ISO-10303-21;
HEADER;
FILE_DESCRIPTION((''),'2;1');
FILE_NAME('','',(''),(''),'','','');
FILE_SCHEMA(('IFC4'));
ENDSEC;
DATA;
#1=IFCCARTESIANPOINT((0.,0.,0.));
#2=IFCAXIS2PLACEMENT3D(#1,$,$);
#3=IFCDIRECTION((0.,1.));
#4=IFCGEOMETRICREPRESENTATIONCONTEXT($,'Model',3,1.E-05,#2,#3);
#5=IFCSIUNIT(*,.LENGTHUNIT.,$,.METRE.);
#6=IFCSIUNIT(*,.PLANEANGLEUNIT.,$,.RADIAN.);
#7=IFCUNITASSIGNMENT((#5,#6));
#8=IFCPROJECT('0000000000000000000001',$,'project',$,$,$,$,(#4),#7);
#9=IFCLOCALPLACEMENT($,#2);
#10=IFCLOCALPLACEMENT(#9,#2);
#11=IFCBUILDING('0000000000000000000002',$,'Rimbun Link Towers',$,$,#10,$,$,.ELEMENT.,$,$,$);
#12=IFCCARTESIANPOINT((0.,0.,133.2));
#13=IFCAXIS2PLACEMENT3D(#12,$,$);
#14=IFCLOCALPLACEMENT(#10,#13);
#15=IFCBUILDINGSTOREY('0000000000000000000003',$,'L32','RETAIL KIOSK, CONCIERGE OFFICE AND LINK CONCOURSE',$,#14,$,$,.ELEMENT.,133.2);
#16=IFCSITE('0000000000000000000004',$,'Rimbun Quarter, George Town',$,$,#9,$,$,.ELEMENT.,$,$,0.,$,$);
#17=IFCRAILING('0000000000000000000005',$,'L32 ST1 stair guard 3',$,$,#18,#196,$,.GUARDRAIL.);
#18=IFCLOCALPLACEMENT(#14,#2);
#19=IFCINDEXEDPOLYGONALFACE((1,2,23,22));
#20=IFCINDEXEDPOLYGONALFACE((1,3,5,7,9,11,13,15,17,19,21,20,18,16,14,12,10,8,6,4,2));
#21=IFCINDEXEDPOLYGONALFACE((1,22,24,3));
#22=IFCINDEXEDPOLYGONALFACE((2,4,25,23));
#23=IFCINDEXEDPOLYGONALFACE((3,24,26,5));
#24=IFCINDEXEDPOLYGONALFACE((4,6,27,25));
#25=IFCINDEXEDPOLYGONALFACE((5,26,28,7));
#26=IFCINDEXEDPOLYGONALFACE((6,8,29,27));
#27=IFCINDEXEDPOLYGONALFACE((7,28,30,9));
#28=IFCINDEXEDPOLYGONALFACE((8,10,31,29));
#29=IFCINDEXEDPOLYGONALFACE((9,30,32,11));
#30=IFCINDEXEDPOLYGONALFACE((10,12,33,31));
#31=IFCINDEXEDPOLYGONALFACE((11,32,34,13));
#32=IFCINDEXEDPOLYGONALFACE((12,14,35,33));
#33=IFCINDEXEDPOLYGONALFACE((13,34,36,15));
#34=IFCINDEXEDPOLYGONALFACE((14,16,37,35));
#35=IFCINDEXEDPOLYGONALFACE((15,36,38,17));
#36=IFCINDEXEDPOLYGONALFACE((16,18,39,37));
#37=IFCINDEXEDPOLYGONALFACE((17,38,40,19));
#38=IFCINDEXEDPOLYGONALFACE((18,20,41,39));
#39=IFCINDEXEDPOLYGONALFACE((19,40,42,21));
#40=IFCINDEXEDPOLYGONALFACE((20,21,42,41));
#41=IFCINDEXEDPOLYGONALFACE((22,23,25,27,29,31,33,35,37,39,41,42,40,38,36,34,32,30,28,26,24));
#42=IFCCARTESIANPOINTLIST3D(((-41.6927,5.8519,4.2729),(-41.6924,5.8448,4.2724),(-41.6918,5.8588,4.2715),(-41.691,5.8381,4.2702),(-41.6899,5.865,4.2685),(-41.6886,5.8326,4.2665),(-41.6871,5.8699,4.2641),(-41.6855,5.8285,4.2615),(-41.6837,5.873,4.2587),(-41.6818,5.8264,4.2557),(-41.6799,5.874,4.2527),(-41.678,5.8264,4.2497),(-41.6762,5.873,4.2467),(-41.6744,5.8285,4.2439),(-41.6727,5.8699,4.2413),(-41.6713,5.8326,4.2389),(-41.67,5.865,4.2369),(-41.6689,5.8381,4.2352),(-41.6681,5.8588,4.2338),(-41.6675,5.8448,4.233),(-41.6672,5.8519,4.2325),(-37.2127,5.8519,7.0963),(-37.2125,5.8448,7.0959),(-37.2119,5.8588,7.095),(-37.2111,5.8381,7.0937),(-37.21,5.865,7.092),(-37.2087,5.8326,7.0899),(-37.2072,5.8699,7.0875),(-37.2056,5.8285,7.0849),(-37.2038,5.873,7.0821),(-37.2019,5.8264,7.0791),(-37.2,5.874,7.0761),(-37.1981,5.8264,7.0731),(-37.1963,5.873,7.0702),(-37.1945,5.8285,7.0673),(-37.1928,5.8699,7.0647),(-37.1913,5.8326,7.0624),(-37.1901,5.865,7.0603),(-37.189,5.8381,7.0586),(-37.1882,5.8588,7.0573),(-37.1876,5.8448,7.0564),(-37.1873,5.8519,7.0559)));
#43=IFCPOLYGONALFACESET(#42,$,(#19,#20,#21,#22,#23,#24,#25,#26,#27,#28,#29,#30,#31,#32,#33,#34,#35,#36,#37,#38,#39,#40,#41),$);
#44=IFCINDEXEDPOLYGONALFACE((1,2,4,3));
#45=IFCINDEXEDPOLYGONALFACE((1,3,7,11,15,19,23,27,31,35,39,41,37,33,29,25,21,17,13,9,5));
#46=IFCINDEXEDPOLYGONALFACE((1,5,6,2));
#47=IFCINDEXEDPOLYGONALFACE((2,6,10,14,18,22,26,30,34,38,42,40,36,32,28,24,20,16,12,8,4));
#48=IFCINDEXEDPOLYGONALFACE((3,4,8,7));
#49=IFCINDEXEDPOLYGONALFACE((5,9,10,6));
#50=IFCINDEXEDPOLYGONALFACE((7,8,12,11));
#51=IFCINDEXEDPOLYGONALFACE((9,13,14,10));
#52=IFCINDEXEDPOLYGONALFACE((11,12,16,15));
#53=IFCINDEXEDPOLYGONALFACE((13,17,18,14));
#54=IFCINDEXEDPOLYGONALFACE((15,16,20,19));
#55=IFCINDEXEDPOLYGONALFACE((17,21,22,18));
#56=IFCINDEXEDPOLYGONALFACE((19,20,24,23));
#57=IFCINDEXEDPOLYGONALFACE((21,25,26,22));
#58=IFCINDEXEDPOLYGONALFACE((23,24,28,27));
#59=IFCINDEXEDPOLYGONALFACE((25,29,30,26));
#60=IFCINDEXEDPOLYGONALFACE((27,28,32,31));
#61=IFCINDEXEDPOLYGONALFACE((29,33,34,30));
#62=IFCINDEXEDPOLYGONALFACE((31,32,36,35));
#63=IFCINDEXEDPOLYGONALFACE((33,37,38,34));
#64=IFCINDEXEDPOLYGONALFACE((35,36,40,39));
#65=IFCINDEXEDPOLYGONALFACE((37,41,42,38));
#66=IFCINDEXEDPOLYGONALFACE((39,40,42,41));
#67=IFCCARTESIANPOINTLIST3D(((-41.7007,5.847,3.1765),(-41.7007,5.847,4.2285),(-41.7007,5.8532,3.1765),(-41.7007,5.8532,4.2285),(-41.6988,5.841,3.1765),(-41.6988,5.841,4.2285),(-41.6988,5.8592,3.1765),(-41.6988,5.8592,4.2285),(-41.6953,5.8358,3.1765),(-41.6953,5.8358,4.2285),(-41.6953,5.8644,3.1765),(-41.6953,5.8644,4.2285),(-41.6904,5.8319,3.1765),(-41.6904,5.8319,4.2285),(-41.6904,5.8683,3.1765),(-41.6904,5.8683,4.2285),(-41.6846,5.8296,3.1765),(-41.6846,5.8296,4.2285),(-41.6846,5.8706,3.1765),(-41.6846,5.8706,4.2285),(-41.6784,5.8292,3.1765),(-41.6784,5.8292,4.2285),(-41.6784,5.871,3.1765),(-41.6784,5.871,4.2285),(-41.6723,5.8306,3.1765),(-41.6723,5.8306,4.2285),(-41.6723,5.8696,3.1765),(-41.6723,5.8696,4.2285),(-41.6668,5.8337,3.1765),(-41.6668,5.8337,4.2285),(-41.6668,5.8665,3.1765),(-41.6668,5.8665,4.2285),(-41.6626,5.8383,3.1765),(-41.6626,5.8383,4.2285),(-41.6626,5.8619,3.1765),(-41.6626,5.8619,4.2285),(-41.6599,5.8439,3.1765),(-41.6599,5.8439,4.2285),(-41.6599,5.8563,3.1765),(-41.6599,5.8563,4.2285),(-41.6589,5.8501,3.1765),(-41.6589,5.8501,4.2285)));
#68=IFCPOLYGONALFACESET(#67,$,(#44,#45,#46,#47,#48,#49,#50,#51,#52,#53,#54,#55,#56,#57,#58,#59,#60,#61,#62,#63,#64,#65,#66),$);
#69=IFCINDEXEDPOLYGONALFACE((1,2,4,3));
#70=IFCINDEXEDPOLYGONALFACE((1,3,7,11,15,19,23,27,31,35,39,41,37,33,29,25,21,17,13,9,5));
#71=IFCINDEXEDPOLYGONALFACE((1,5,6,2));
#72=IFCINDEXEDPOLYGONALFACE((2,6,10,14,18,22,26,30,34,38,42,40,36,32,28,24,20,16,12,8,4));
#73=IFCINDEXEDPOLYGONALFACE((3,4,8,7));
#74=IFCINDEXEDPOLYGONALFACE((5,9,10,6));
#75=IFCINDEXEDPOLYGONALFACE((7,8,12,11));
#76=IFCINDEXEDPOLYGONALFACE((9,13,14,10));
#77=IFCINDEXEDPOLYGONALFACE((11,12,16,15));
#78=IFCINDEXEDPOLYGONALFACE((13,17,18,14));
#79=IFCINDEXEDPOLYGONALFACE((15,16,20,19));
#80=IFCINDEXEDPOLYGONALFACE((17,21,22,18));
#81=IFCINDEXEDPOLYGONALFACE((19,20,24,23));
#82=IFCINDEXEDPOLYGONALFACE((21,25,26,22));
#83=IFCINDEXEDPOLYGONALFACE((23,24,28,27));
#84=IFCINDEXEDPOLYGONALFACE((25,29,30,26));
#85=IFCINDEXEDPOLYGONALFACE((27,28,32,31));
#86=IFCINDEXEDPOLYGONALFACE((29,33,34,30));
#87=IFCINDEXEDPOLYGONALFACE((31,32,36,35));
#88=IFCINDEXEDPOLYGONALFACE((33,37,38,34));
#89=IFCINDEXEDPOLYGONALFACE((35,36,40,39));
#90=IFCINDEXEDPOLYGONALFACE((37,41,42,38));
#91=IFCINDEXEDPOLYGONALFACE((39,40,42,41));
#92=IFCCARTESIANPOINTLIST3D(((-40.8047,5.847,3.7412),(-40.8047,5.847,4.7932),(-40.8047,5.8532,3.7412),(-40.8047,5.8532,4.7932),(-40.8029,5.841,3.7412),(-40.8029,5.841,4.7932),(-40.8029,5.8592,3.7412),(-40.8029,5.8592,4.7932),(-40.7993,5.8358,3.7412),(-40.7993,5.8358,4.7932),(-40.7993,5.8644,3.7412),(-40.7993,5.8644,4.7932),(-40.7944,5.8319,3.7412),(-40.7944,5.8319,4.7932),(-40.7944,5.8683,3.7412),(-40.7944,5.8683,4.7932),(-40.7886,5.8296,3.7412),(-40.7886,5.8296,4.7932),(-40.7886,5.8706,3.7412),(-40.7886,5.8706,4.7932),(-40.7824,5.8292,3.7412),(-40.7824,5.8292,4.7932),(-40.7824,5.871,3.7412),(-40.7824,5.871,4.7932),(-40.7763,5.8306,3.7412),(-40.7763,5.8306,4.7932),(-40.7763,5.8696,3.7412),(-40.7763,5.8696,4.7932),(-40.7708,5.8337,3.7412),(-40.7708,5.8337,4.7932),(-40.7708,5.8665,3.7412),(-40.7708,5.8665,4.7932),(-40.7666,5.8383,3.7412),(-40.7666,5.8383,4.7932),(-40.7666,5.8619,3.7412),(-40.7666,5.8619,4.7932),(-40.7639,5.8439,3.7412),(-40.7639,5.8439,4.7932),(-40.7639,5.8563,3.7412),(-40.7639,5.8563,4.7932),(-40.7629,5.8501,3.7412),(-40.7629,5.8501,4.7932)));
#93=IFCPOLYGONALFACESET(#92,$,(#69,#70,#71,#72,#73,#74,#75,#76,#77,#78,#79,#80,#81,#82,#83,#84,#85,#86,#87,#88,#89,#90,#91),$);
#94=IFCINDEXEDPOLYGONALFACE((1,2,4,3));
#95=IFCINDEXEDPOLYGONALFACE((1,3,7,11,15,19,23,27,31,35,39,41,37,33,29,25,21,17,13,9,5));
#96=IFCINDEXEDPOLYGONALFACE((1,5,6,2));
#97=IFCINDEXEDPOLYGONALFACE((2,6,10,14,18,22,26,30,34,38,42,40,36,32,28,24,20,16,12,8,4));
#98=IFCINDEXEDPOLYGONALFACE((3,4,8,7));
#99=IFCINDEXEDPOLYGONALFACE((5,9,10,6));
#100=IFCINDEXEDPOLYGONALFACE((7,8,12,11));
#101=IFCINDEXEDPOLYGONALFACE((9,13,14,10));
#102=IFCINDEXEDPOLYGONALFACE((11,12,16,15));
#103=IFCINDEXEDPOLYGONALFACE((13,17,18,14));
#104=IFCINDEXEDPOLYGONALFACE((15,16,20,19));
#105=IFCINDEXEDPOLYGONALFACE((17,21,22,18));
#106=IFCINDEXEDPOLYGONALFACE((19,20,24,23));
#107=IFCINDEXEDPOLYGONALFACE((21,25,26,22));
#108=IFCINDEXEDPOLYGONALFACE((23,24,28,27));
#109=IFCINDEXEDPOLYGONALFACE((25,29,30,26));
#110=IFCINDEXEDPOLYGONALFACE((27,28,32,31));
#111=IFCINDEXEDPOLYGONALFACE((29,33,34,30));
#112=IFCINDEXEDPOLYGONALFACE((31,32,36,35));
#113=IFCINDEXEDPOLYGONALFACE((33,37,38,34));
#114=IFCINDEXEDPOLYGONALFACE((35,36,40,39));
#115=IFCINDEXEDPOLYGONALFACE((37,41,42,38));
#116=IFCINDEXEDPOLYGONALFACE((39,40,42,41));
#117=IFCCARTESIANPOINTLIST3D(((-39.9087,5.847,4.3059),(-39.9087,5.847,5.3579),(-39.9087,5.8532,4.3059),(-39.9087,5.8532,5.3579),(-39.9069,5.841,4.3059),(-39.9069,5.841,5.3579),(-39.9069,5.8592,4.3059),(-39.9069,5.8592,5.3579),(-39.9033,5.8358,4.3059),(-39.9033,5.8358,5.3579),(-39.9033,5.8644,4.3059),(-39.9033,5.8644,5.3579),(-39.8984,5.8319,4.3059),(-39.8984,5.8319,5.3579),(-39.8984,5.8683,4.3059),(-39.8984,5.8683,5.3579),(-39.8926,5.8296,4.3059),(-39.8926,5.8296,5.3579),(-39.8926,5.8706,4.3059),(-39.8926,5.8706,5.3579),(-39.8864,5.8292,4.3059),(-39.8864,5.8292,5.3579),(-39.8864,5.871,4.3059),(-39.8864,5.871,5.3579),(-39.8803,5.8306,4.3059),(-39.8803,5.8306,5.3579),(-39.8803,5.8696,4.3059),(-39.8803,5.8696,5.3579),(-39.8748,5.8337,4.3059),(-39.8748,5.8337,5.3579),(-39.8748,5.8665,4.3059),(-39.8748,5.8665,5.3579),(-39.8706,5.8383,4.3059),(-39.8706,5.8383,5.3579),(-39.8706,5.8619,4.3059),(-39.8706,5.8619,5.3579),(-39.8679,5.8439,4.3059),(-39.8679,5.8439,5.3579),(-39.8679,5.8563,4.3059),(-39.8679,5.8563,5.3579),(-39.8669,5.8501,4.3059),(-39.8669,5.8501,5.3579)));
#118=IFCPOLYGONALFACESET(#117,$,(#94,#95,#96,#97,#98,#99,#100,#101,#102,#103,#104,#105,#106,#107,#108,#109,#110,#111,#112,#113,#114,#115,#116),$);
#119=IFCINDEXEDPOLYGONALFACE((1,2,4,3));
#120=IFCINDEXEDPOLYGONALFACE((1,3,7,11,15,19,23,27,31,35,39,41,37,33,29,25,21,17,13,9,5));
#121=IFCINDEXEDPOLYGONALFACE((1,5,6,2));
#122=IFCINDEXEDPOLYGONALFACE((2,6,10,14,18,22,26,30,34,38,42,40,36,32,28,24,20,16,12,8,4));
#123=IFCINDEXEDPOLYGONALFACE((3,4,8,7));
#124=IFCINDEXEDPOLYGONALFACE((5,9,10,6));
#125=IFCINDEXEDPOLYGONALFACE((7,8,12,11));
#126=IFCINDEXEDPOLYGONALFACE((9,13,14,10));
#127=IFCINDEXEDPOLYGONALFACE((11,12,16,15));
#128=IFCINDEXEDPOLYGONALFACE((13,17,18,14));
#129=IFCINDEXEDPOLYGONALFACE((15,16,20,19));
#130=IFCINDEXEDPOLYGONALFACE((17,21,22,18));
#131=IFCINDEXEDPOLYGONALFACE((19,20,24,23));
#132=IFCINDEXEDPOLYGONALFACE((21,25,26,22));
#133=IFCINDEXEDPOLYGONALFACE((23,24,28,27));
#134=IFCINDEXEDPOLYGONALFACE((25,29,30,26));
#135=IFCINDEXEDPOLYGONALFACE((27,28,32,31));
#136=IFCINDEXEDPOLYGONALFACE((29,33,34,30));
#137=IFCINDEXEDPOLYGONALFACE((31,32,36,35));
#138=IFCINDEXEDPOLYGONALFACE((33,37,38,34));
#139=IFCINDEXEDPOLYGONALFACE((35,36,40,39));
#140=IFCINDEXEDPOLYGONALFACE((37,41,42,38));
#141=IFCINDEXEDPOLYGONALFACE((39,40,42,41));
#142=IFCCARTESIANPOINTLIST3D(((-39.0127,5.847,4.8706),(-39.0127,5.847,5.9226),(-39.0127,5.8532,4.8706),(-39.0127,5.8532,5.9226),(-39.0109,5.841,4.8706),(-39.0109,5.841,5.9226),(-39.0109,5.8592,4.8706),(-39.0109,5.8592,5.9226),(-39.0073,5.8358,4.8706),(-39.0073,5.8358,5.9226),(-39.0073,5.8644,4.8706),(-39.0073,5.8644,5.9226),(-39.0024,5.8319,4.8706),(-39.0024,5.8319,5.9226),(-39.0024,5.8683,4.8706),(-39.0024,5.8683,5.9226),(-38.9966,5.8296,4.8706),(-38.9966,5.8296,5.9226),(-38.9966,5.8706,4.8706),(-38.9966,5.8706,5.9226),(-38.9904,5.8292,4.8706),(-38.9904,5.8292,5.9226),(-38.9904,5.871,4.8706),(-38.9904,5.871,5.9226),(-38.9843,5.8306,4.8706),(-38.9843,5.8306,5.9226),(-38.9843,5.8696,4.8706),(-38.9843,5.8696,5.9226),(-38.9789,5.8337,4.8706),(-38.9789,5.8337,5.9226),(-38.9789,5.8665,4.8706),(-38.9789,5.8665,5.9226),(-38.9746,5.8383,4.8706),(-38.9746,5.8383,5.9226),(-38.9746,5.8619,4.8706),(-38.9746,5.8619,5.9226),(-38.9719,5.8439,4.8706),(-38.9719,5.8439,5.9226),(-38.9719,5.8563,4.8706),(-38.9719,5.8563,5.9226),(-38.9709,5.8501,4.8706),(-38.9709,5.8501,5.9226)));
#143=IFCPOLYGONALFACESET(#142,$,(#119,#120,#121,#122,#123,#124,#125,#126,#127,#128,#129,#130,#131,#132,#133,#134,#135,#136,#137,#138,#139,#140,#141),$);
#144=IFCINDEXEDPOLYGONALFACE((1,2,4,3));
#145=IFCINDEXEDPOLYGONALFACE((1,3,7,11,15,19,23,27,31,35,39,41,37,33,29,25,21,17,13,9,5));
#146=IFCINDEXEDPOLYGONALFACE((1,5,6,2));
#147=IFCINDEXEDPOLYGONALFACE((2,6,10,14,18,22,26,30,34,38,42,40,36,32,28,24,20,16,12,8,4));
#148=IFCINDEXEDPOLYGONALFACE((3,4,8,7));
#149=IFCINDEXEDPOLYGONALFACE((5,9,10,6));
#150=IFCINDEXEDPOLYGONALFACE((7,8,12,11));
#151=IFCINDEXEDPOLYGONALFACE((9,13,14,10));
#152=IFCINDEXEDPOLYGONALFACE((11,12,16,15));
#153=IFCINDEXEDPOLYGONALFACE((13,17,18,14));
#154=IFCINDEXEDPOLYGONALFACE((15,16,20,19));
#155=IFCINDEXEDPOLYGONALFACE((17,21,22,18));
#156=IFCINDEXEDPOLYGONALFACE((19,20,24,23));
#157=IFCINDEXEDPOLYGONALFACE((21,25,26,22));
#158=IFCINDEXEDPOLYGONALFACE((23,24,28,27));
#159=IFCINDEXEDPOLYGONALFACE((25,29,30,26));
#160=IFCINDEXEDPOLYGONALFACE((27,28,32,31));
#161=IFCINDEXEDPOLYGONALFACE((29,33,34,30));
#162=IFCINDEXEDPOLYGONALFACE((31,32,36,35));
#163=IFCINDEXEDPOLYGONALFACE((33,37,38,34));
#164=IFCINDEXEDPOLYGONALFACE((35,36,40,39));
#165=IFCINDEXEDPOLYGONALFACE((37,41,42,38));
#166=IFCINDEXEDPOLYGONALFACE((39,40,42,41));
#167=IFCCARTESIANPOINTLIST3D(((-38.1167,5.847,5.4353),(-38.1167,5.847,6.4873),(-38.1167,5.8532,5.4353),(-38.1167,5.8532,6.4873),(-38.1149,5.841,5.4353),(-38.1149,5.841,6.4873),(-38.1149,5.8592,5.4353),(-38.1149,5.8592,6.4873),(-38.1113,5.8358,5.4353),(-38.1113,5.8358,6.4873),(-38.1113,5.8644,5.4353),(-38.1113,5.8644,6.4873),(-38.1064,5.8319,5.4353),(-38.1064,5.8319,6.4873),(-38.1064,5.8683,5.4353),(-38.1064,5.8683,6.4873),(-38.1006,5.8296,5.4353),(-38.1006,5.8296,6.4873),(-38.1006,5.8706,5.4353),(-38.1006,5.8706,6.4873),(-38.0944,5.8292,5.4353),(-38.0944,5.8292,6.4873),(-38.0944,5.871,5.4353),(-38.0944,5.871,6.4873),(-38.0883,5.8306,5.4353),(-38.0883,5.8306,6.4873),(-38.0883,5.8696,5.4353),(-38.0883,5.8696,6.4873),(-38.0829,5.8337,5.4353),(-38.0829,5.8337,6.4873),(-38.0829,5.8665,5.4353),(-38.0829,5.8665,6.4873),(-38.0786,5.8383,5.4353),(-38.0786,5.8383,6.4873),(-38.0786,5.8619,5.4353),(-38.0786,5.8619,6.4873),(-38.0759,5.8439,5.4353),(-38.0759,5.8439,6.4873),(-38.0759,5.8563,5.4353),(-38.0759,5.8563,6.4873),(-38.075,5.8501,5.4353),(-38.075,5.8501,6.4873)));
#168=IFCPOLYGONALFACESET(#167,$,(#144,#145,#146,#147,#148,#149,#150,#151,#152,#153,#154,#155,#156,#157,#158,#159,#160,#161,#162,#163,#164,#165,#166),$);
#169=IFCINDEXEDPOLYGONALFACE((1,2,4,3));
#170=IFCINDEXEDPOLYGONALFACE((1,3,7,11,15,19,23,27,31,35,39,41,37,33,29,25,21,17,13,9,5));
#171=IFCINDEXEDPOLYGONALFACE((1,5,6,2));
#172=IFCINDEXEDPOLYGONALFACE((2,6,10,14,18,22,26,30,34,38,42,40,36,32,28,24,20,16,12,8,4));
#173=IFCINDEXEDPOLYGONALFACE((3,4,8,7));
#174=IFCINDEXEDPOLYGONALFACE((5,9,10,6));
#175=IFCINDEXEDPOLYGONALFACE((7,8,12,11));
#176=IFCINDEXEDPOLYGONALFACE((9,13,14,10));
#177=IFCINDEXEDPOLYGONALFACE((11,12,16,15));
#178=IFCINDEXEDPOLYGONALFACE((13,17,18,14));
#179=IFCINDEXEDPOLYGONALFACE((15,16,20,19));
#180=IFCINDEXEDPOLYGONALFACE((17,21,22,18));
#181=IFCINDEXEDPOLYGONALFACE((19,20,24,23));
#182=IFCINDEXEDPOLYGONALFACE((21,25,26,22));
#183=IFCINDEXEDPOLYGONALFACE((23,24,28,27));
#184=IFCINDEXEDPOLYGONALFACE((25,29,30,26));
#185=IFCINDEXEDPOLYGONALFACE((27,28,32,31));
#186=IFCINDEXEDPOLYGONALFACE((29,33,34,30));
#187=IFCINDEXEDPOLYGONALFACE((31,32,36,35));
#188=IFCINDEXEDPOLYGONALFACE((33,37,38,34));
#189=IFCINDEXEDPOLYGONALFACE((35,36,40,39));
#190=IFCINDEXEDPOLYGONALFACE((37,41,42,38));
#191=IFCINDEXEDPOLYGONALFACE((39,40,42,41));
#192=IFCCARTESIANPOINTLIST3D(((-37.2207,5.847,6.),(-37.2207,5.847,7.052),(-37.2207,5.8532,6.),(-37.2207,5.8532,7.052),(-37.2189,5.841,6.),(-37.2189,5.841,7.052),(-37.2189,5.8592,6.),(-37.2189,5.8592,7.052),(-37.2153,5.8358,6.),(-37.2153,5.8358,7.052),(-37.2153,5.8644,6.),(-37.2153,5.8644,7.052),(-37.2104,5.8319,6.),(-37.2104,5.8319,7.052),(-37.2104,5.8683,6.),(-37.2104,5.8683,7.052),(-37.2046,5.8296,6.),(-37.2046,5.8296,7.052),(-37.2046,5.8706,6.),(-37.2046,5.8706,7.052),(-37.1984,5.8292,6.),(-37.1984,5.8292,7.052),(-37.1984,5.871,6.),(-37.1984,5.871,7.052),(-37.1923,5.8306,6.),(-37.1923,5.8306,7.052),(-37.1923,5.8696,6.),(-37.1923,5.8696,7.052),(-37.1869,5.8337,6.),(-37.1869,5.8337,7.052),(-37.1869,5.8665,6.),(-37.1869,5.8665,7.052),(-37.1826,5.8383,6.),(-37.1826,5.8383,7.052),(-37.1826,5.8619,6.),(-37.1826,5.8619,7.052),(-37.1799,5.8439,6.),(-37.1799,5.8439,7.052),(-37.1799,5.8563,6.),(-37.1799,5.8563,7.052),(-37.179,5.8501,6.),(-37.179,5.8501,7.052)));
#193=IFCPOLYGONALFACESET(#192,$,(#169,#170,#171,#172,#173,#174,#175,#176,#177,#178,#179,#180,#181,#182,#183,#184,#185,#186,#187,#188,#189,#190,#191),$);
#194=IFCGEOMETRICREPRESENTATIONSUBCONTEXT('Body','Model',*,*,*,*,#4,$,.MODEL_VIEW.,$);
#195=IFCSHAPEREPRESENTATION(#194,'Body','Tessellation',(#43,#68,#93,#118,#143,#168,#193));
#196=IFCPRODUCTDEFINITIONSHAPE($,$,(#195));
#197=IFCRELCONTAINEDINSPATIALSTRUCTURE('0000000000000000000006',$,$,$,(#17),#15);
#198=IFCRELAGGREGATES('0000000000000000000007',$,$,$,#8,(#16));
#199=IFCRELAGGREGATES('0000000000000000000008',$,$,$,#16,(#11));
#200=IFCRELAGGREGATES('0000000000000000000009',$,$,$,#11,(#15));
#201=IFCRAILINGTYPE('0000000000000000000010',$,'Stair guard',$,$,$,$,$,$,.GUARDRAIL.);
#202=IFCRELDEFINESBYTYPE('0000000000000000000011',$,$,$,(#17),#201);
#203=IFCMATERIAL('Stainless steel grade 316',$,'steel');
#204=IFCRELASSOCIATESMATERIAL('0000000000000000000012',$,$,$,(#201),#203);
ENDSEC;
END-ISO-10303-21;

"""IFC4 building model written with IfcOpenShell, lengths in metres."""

from ifc_helpers import new_model, si_unit, direction, frame, origin, origin_2d, place, context, subcontext, project, spatial, circle, extrude, material, type_object, element, save


model = new_model("IFC4")

# Units and contexts
model_context = context("Model", 3, precision=1e-05, world=origin(), true_north=direction((0.0, 1.0)))
body_context = subcontext(model_context, "Body", "Model", "MODEL_VIEW")
ifc_project = project(units=[si_unit("LENGTHUNIT", "METRE"), si_unit("PLANEANGLEUNIT", "RADIAN")], contexts=[model_context])

# Site, building, storey
site_placement = place(None, origin())
site = spatial("IfcSite", under=ifc_project, at=site_placement, Name="Rimbun Quarter, George Town", CompositionType="ELEMENT", RefElevation=0.0)
building_placement = place(site_placement, origin())
building = spatial("IfcBuilding", under=site, at=building_placement, Name="Rimbun Link Towers", CompositionType="ELEMENT")
storey_placement = place(building_placement, frame((0.0, 0.0, 133.2)))
storey = spatial("IfcBuildingStorey", under=building, at=storey_placement, Name="L32", Description="RETAIL KIOSK, CONCIERGE OFFICE AND LINK CONCOURSE", CompositionType="ELEMENT", Elevation=133.2)

# Railing
ifc_material_1 = material(Name="Stainless steel grade 316", Category="steel")
railing_type_1 = type_object("IfcRailingType", Name="Stair guard", PredefinedType="GUARDRAIL", material=ifc_material_1)
railing_1_placement = place(storey_placement, frame((-41.6799, 5.8501, 3.1765)))
element("IfcRailing", 1, at=railing_1_placement, inside=storey, type_object=railing_type_1, Name="L32 ST1 stair guard 3", PredefinedType="GUARDRAIL", context=body_context, shape_type="SweptSolid", body=[
    extrude(circle(Radius=0.0239, at=origin_2d()), frame((0.0, 0.0, 1.0762), z_axis=(0.845998, 0.0, 0.533186), x_axis=(0.0, 1.0, 0.0)), (0.0, 0.0, 1.0), 5.2954),
    extrude(circle(Radius=0.021, at=origin_2d()), origin(), (0.0, 0.0, 1.0), 1.052),
    extrude(circle(Radius=0.021, at=origin_2d()), frame((0.896, 0.0, 0.5647)), (0.0, 0.0, 1.0), 1.052),
    extrude(circle(Radius=0.021, at=origin_2d()), frame((1.792, 0.0, 1.1294)), (0.0, 0.0, 1.0), 1.052),
    extrude(circle(Radius=0.021, at=origin_2d()), frame((2.688, 0.0, 1.6941)), (0.0, 0.0, 1.0), 1.052),
    extrude(circle(Radius=0.021, at=origin_2d()), frame((3.584, 0.0, 2.2588)), (0.0, 0.0, 1.0), 1.052),
    extrude(circle(Radius=0.021, at=origin_2d()), frame((4.48, 0.0, 2.8235)), (0.0, 0.0, 1.0), 1.052),
])

save(model, "model.ifc")
